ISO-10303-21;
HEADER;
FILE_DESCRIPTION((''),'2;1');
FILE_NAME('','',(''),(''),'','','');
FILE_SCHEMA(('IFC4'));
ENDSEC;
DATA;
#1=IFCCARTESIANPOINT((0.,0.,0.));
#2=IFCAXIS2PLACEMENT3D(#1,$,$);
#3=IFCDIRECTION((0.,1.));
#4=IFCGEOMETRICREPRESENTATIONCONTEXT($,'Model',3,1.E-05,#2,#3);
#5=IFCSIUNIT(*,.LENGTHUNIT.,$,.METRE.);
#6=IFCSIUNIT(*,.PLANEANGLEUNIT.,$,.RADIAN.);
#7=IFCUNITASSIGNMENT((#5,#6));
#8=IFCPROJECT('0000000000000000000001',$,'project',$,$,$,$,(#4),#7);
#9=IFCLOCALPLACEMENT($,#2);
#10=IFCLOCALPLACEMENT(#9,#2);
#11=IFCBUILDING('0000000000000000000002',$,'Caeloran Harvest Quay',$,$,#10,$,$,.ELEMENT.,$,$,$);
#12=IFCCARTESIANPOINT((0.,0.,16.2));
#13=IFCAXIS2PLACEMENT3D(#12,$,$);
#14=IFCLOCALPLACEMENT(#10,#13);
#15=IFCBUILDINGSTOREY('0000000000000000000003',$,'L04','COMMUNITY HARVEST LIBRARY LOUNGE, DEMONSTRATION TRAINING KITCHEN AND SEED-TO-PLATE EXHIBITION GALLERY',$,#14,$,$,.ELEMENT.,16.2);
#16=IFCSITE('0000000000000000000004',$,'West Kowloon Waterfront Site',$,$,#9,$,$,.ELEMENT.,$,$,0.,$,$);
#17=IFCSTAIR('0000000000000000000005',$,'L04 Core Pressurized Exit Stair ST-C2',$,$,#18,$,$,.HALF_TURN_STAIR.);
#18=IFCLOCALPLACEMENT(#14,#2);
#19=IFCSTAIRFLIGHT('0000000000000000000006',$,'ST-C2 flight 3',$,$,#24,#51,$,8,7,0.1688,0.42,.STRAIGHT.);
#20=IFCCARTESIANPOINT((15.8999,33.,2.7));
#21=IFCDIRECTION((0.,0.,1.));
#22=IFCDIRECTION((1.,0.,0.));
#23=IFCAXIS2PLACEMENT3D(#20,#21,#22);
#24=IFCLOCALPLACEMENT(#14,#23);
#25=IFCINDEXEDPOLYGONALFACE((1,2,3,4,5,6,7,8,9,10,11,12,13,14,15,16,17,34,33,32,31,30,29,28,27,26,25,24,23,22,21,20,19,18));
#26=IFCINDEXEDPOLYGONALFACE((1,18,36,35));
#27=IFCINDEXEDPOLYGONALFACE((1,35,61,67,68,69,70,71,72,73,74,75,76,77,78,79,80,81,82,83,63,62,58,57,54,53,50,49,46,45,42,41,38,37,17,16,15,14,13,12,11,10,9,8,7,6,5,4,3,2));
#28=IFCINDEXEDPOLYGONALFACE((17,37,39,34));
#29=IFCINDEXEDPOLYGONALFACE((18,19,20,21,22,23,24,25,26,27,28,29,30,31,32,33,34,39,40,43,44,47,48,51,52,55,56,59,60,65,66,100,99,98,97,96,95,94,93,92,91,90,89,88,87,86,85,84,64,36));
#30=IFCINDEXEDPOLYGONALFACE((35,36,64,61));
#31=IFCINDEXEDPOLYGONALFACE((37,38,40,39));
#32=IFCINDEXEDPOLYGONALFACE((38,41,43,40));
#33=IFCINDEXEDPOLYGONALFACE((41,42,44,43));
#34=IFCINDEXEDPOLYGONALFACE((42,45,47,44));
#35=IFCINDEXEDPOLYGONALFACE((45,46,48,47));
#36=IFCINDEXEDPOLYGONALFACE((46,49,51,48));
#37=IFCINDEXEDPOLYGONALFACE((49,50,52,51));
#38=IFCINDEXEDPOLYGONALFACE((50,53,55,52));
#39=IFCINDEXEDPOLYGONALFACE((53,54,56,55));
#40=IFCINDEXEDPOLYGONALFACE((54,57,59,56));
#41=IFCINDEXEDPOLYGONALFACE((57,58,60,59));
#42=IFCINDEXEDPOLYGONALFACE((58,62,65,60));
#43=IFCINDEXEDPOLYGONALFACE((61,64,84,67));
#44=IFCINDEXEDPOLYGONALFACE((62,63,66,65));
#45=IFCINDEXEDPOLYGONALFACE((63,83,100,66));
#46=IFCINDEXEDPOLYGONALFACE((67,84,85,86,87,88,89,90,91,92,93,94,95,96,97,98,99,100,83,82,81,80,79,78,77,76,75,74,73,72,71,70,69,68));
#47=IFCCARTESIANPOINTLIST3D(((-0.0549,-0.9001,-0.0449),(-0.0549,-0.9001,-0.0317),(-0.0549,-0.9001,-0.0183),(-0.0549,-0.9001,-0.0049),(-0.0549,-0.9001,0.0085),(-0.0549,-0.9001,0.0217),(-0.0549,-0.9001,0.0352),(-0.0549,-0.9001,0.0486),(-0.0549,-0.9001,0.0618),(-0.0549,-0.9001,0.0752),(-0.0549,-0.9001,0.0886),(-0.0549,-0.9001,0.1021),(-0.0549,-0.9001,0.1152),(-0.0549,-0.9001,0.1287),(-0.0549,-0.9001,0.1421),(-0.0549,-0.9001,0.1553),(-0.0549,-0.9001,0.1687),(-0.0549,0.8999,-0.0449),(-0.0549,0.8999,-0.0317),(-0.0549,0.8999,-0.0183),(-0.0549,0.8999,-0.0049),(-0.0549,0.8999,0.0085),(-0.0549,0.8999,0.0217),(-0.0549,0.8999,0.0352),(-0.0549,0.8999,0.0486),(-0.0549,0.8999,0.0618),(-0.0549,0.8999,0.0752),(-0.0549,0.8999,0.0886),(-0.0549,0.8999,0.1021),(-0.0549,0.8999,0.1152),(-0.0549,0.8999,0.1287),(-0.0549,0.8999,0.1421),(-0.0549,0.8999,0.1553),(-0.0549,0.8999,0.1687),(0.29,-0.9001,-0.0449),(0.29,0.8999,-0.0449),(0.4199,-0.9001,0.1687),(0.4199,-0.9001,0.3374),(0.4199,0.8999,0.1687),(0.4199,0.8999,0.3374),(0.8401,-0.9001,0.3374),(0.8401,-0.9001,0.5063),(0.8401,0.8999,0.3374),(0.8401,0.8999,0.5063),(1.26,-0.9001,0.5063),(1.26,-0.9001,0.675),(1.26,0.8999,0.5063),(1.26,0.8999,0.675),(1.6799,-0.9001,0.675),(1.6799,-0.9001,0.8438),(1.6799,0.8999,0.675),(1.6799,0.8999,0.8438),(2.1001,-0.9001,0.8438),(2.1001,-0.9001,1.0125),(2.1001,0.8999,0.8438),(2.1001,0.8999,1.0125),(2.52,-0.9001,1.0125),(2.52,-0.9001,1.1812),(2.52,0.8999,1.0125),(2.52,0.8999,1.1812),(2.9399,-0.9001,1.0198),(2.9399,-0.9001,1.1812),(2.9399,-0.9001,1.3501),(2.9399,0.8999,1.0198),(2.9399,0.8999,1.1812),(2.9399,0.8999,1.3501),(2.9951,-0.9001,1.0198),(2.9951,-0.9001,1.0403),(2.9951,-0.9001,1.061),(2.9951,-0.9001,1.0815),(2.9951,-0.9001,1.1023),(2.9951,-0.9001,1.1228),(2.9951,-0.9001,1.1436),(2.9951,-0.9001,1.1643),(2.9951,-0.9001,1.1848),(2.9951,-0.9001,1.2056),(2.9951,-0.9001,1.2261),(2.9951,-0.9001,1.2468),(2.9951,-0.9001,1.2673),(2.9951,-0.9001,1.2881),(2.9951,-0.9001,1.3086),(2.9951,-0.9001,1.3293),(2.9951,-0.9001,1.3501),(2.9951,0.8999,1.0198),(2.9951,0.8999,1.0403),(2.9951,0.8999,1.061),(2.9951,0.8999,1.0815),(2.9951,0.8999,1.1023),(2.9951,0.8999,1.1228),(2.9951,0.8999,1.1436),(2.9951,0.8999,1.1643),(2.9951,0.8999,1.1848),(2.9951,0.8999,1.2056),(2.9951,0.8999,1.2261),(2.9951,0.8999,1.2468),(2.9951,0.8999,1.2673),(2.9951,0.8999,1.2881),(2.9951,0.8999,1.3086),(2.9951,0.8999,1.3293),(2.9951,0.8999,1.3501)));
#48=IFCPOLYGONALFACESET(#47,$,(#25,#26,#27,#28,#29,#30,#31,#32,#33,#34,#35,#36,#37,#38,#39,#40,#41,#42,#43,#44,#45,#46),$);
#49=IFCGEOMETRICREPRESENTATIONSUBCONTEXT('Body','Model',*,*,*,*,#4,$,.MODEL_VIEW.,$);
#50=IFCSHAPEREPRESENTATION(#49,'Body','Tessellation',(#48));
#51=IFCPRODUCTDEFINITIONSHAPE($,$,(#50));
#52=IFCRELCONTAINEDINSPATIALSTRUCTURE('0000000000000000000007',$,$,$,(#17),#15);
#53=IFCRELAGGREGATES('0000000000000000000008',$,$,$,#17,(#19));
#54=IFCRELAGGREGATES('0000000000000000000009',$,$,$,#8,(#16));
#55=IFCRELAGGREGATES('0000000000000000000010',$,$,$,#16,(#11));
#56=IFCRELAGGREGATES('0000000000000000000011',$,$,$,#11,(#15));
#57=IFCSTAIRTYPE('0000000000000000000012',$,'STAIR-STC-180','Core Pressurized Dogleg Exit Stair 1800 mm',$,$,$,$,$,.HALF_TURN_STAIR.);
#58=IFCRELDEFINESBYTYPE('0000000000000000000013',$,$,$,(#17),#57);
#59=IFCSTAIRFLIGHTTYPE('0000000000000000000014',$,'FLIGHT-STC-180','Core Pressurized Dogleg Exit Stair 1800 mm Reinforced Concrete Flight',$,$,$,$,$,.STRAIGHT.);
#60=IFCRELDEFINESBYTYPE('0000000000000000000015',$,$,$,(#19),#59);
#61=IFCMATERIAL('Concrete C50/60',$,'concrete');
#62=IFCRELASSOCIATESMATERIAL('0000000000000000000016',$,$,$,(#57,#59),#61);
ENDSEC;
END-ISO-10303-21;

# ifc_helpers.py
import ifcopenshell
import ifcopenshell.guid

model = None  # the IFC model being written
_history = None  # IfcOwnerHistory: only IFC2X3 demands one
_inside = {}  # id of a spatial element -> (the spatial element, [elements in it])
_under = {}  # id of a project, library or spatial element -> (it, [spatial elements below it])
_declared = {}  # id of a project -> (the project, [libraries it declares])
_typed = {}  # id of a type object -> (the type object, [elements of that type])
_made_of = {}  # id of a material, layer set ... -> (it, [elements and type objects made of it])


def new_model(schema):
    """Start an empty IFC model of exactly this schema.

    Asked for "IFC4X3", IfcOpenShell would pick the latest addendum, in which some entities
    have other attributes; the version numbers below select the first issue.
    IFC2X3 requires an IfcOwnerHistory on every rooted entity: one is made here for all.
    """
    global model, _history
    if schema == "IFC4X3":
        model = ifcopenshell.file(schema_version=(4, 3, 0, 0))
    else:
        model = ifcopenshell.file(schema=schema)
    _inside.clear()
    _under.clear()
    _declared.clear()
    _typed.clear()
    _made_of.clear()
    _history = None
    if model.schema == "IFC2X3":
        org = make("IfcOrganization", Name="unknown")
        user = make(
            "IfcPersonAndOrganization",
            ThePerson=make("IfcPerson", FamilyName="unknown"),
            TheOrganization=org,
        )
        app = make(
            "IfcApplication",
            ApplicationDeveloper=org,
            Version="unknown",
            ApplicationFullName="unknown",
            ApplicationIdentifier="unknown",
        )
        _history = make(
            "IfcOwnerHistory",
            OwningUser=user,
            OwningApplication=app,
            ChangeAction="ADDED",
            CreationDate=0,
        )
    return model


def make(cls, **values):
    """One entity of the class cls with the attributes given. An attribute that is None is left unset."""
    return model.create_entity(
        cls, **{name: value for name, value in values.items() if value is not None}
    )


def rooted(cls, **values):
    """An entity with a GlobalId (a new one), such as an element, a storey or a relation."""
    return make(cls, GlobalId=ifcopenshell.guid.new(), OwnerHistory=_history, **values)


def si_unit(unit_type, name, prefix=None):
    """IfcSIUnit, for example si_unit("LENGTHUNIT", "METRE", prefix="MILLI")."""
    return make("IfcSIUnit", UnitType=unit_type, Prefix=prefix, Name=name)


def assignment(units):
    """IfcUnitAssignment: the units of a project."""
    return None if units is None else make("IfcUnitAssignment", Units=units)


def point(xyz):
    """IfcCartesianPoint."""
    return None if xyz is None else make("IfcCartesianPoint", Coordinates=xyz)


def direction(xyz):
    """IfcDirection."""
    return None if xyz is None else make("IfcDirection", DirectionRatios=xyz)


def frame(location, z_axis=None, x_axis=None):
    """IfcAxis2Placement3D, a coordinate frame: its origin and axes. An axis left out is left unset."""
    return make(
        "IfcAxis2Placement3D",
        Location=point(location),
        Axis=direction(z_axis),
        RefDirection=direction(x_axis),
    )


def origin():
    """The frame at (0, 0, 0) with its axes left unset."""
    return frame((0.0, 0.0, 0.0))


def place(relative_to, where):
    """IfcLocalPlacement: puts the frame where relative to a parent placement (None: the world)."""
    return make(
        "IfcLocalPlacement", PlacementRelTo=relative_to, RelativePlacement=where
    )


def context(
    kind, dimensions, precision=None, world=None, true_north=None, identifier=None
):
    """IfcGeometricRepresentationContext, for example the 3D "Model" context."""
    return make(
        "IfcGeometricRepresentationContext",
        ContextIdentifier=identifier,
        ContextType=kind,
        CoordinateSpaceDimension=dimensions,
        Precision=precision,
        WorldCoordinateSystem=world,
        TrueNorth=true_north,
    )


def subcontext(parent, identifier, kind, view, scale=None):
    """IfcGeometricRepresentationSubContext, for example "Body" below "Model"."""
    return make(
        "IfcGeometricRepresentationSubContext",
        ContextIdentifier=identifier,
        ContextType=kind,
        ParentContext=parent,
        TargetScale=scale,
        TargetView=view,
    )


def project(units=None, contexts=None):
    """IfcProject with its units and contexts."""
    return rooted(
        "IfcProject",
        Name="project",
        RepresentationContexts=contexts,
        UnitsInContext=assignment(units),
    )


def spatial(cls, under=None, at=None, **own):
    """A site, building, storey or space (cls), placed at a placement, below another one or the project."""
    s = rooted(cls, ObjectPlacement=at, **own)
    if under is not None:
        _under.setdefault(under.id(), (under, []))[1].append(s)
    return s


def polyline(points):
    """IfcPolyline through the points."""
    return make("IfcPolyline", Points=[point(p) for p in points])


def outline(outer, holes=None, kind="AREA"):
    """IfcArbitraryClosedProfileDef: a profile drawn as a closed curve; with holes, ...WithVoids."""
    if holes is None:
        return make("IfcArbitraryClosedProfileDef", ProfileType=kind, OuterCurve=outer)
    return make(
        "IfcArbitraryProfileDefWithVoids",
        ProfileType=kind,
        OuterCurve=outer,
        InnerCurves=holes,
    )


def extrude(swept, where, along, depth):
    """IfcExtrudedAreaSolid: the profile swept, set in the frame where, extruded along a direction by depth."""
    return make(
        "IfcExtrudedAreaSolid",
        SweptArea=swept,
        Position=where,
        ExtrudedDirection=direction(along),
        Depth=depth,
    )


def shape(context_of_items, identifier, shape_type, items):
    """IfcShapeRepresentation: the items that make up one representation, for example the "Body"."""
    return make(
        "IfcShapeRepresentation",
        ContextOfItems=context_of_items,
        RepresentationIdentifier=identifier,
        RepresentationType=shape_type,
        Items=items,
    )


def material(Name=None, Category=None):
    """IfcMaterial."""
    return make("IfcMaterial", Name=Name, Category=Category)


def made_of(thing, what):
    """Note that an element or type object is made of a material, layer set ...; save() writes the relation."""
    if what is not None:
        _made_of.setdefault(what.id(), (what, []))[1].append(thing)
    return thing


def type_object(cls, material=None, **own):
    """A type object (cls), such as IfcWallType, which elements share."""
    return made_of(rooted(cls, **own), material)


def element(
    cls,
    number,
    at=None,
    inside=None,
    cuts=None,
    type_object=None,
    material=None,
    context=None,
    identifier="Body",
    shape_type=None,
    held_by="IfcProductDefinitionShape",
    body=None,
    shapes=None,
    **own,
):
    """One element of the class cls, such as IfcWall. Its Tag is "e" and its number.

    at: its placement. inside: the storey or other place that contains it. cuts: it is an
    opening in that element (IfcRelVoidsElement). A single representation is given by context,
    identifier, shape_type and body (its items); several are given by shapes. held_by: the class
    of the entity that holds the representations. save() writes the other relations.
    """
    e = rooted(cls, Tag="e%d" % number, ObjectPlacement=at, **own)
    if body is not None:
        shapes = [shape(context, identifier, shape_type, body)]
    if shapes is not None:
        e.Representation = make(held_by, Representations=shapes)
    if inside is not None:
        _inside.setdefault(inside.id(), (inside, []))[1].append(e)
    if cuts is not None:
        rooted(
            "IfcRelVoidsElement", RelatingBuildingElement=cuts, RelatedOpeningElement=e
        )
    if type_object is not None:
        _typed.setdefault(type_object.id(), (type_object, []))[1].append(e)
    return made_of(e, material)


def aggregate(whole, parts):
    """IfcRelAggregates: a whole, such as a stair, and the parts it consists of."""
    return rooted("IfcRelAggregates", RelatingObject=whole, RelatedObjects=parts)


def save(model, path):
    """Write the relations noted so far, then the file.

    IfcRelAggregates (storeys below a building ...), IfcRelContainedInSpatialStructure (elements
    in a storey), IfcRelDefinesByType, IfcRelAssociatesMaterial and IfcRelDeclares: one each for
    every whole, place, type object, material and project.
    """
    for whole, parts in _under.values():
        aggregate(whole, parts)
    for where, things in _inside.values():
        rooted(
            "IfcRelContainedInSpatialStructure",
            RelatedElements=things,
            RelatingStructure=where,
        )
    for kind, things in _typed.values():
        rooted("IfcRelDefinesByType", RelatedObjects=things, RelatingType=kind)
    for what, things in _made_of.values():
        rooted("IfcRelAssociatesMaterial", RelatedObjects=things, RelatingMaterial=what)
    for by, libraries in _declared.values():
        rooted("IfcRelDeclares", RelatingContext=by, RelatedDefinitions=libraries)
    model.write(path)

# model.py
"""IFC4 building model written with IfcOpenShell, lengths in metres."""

from ifc_helpers import new_model, si_unit, direction, frame, origin, place, context, subcontext, project, spatial, polyline, outline, extrude, material, type_object, element, aggregate, save


model = new_model("IFC4")

# Units and contexts
model_context = context("Model", 3, precision=1e-05, world=origin(), true_north=direction((0.0, 1.0)))
body_context = subcontext(model_context, "Body", "Model", "MODEL_VIEW")
ifc_project = project(units=[si_unit("LENGTHUNIT", "METRE"), si_unit("PLANEANGLEUNIT", "RADIAN")], contexts=[model_context])

# Site, building, storey
site_placement = place(None, origin())
site = spatial("IfcSite", under=ifc_project, at=site_placement, Name="West Kowloon Waterfront Site", CompositionType="ELEMENT", RefElevation=0.0)
building_placement = place(site_placement, origin())
building = spatial("IfcBuilding", under=site, at=building_placement, Name="Caeloran Harvest Quay", CompositionType="ELEMENT")
storey_placement = place(building_placement, frame((0.0, 0.0, 16.2)))
storey = spatial("IfcBuildingStorey", under=building, at=storey_placement, Name="L04", Description="COMMUNITY HARVEST LIBRARY LOUNGE, DEMONSTRATION TRAINING KITCHEN AND SEED-TO-PLATE EXHIBITION GALLERY", CompositionType="ELEMENT", Elevation=16.2)

# Shared definitions
ifc_material_1 = material(Name="Concrete C50/60", Category="concrete")

# Stair, stair flight
stair_type = type_object("IfcStairType", Name="STAIR-STC-180", Description="Core Pressurized Dogleg Exit Stair 1800 mm", PredefinedType="HALF_TURN_STAIR", material=ifc_material_1)
stair_placement = place(storey_placement, origin())
stair = element("IfcStair", 1, at=stair_placement, inside=storey, type_object=stair_type, Name="L04 Core Pressurized Exit Stair ST-C2", PredefinedType="HALF_TURN_STAIR")
stair_flight_type = type_object("IfcStairFlightType", Name="FLIGHT-STC-180", Description="Core Pressurized Dogleg Exit Stair 1800 mm Reinforced Concrete Flight", PredefinedType="STRAIGHT", material=ifc_material_1)
stair_flight_1_placement = place(storey_placement, frame((15.8999, 33.0, 2.7), z_axis=(0.0, 0.0, 1.0), x_axis=(1.0, 0.0, 0.0)))
stair_flight_1 = element("IfcStairFlight", 2, at=stair_flight_1_placement, type_object=stair_flight_type, Name="ST-C2 flight 3", NumberOfRisers=8, NumberOfTreads=7, PredefinedType="STRAIGHT", RiserHeight=0.1688, TreadLength=0.42, context=body_context, shape_type="SweptSolid", body=[
    extrude(outline(polyline([(-0.0549, -0.0449), (-0.0549, -0.0317), (-0.0549, -0.0183), (-0.0549, -0.0049), (-0.0549, 0.0085), (-0.0549, 0.0217), (-0.0549, 0.0352), (-0.0549, 0.0486), (-0.0549, 0.0618), (-0.0549, 0.0752), (-0.0549, 0.0886), (-0.0549, 0.1021), (-0.0549, 0.1152), (-0.0549, 0.1287), (-0.0549, 0.1421), (-0.0549, 0.1553), (-0.0549, 0.1687), (0.4199, 0.1687), (0.4199, 0.3374), (0.8401, 0.3374), (0.8401, 0.5063), (1.26, 0.5063), (1.26, 0.675), (1.6799, 0.675), (1.6799, 0.8438), (2.1001, 0.8438), (2.1001, 1.0125), (2.52, 1.0125), (2.52, 1.1812), (2.9399, 1.1812), (2.9399, 1.3501), (2.9951, 1.3501), (2.9951, 1.3293), (2.9951, 1.3086), (2.9951, 1.2881), (2.9951, 1.2673), (2.9951, 1.2468), (2.9951, 1.2261), (2.9951, 1.2056), (2.9951, 1.1848), (2.9951, 1.1643), (2.9951, 1.1436), (2.9951, 1.1228), (2.9951, 1.1023), (2.9951, 1.0815), (2.9951, 1.061), (2.9951, 1.0403), (2.9951, 1.0198), (2.9399, 1.0198), (0.29, -0.0449), (-0.0549, -0.0449)])), frame((0.0, 0.8999, 0.0), z_axis=(0.0, -1.0, 0.0), x_axis=(1.0, 0.0, 0.0)), (0.0, 0.0, 1.0), 1.8),
])
aggregate(stair, [stair_flight_1])

save(model, "model.ifc")
